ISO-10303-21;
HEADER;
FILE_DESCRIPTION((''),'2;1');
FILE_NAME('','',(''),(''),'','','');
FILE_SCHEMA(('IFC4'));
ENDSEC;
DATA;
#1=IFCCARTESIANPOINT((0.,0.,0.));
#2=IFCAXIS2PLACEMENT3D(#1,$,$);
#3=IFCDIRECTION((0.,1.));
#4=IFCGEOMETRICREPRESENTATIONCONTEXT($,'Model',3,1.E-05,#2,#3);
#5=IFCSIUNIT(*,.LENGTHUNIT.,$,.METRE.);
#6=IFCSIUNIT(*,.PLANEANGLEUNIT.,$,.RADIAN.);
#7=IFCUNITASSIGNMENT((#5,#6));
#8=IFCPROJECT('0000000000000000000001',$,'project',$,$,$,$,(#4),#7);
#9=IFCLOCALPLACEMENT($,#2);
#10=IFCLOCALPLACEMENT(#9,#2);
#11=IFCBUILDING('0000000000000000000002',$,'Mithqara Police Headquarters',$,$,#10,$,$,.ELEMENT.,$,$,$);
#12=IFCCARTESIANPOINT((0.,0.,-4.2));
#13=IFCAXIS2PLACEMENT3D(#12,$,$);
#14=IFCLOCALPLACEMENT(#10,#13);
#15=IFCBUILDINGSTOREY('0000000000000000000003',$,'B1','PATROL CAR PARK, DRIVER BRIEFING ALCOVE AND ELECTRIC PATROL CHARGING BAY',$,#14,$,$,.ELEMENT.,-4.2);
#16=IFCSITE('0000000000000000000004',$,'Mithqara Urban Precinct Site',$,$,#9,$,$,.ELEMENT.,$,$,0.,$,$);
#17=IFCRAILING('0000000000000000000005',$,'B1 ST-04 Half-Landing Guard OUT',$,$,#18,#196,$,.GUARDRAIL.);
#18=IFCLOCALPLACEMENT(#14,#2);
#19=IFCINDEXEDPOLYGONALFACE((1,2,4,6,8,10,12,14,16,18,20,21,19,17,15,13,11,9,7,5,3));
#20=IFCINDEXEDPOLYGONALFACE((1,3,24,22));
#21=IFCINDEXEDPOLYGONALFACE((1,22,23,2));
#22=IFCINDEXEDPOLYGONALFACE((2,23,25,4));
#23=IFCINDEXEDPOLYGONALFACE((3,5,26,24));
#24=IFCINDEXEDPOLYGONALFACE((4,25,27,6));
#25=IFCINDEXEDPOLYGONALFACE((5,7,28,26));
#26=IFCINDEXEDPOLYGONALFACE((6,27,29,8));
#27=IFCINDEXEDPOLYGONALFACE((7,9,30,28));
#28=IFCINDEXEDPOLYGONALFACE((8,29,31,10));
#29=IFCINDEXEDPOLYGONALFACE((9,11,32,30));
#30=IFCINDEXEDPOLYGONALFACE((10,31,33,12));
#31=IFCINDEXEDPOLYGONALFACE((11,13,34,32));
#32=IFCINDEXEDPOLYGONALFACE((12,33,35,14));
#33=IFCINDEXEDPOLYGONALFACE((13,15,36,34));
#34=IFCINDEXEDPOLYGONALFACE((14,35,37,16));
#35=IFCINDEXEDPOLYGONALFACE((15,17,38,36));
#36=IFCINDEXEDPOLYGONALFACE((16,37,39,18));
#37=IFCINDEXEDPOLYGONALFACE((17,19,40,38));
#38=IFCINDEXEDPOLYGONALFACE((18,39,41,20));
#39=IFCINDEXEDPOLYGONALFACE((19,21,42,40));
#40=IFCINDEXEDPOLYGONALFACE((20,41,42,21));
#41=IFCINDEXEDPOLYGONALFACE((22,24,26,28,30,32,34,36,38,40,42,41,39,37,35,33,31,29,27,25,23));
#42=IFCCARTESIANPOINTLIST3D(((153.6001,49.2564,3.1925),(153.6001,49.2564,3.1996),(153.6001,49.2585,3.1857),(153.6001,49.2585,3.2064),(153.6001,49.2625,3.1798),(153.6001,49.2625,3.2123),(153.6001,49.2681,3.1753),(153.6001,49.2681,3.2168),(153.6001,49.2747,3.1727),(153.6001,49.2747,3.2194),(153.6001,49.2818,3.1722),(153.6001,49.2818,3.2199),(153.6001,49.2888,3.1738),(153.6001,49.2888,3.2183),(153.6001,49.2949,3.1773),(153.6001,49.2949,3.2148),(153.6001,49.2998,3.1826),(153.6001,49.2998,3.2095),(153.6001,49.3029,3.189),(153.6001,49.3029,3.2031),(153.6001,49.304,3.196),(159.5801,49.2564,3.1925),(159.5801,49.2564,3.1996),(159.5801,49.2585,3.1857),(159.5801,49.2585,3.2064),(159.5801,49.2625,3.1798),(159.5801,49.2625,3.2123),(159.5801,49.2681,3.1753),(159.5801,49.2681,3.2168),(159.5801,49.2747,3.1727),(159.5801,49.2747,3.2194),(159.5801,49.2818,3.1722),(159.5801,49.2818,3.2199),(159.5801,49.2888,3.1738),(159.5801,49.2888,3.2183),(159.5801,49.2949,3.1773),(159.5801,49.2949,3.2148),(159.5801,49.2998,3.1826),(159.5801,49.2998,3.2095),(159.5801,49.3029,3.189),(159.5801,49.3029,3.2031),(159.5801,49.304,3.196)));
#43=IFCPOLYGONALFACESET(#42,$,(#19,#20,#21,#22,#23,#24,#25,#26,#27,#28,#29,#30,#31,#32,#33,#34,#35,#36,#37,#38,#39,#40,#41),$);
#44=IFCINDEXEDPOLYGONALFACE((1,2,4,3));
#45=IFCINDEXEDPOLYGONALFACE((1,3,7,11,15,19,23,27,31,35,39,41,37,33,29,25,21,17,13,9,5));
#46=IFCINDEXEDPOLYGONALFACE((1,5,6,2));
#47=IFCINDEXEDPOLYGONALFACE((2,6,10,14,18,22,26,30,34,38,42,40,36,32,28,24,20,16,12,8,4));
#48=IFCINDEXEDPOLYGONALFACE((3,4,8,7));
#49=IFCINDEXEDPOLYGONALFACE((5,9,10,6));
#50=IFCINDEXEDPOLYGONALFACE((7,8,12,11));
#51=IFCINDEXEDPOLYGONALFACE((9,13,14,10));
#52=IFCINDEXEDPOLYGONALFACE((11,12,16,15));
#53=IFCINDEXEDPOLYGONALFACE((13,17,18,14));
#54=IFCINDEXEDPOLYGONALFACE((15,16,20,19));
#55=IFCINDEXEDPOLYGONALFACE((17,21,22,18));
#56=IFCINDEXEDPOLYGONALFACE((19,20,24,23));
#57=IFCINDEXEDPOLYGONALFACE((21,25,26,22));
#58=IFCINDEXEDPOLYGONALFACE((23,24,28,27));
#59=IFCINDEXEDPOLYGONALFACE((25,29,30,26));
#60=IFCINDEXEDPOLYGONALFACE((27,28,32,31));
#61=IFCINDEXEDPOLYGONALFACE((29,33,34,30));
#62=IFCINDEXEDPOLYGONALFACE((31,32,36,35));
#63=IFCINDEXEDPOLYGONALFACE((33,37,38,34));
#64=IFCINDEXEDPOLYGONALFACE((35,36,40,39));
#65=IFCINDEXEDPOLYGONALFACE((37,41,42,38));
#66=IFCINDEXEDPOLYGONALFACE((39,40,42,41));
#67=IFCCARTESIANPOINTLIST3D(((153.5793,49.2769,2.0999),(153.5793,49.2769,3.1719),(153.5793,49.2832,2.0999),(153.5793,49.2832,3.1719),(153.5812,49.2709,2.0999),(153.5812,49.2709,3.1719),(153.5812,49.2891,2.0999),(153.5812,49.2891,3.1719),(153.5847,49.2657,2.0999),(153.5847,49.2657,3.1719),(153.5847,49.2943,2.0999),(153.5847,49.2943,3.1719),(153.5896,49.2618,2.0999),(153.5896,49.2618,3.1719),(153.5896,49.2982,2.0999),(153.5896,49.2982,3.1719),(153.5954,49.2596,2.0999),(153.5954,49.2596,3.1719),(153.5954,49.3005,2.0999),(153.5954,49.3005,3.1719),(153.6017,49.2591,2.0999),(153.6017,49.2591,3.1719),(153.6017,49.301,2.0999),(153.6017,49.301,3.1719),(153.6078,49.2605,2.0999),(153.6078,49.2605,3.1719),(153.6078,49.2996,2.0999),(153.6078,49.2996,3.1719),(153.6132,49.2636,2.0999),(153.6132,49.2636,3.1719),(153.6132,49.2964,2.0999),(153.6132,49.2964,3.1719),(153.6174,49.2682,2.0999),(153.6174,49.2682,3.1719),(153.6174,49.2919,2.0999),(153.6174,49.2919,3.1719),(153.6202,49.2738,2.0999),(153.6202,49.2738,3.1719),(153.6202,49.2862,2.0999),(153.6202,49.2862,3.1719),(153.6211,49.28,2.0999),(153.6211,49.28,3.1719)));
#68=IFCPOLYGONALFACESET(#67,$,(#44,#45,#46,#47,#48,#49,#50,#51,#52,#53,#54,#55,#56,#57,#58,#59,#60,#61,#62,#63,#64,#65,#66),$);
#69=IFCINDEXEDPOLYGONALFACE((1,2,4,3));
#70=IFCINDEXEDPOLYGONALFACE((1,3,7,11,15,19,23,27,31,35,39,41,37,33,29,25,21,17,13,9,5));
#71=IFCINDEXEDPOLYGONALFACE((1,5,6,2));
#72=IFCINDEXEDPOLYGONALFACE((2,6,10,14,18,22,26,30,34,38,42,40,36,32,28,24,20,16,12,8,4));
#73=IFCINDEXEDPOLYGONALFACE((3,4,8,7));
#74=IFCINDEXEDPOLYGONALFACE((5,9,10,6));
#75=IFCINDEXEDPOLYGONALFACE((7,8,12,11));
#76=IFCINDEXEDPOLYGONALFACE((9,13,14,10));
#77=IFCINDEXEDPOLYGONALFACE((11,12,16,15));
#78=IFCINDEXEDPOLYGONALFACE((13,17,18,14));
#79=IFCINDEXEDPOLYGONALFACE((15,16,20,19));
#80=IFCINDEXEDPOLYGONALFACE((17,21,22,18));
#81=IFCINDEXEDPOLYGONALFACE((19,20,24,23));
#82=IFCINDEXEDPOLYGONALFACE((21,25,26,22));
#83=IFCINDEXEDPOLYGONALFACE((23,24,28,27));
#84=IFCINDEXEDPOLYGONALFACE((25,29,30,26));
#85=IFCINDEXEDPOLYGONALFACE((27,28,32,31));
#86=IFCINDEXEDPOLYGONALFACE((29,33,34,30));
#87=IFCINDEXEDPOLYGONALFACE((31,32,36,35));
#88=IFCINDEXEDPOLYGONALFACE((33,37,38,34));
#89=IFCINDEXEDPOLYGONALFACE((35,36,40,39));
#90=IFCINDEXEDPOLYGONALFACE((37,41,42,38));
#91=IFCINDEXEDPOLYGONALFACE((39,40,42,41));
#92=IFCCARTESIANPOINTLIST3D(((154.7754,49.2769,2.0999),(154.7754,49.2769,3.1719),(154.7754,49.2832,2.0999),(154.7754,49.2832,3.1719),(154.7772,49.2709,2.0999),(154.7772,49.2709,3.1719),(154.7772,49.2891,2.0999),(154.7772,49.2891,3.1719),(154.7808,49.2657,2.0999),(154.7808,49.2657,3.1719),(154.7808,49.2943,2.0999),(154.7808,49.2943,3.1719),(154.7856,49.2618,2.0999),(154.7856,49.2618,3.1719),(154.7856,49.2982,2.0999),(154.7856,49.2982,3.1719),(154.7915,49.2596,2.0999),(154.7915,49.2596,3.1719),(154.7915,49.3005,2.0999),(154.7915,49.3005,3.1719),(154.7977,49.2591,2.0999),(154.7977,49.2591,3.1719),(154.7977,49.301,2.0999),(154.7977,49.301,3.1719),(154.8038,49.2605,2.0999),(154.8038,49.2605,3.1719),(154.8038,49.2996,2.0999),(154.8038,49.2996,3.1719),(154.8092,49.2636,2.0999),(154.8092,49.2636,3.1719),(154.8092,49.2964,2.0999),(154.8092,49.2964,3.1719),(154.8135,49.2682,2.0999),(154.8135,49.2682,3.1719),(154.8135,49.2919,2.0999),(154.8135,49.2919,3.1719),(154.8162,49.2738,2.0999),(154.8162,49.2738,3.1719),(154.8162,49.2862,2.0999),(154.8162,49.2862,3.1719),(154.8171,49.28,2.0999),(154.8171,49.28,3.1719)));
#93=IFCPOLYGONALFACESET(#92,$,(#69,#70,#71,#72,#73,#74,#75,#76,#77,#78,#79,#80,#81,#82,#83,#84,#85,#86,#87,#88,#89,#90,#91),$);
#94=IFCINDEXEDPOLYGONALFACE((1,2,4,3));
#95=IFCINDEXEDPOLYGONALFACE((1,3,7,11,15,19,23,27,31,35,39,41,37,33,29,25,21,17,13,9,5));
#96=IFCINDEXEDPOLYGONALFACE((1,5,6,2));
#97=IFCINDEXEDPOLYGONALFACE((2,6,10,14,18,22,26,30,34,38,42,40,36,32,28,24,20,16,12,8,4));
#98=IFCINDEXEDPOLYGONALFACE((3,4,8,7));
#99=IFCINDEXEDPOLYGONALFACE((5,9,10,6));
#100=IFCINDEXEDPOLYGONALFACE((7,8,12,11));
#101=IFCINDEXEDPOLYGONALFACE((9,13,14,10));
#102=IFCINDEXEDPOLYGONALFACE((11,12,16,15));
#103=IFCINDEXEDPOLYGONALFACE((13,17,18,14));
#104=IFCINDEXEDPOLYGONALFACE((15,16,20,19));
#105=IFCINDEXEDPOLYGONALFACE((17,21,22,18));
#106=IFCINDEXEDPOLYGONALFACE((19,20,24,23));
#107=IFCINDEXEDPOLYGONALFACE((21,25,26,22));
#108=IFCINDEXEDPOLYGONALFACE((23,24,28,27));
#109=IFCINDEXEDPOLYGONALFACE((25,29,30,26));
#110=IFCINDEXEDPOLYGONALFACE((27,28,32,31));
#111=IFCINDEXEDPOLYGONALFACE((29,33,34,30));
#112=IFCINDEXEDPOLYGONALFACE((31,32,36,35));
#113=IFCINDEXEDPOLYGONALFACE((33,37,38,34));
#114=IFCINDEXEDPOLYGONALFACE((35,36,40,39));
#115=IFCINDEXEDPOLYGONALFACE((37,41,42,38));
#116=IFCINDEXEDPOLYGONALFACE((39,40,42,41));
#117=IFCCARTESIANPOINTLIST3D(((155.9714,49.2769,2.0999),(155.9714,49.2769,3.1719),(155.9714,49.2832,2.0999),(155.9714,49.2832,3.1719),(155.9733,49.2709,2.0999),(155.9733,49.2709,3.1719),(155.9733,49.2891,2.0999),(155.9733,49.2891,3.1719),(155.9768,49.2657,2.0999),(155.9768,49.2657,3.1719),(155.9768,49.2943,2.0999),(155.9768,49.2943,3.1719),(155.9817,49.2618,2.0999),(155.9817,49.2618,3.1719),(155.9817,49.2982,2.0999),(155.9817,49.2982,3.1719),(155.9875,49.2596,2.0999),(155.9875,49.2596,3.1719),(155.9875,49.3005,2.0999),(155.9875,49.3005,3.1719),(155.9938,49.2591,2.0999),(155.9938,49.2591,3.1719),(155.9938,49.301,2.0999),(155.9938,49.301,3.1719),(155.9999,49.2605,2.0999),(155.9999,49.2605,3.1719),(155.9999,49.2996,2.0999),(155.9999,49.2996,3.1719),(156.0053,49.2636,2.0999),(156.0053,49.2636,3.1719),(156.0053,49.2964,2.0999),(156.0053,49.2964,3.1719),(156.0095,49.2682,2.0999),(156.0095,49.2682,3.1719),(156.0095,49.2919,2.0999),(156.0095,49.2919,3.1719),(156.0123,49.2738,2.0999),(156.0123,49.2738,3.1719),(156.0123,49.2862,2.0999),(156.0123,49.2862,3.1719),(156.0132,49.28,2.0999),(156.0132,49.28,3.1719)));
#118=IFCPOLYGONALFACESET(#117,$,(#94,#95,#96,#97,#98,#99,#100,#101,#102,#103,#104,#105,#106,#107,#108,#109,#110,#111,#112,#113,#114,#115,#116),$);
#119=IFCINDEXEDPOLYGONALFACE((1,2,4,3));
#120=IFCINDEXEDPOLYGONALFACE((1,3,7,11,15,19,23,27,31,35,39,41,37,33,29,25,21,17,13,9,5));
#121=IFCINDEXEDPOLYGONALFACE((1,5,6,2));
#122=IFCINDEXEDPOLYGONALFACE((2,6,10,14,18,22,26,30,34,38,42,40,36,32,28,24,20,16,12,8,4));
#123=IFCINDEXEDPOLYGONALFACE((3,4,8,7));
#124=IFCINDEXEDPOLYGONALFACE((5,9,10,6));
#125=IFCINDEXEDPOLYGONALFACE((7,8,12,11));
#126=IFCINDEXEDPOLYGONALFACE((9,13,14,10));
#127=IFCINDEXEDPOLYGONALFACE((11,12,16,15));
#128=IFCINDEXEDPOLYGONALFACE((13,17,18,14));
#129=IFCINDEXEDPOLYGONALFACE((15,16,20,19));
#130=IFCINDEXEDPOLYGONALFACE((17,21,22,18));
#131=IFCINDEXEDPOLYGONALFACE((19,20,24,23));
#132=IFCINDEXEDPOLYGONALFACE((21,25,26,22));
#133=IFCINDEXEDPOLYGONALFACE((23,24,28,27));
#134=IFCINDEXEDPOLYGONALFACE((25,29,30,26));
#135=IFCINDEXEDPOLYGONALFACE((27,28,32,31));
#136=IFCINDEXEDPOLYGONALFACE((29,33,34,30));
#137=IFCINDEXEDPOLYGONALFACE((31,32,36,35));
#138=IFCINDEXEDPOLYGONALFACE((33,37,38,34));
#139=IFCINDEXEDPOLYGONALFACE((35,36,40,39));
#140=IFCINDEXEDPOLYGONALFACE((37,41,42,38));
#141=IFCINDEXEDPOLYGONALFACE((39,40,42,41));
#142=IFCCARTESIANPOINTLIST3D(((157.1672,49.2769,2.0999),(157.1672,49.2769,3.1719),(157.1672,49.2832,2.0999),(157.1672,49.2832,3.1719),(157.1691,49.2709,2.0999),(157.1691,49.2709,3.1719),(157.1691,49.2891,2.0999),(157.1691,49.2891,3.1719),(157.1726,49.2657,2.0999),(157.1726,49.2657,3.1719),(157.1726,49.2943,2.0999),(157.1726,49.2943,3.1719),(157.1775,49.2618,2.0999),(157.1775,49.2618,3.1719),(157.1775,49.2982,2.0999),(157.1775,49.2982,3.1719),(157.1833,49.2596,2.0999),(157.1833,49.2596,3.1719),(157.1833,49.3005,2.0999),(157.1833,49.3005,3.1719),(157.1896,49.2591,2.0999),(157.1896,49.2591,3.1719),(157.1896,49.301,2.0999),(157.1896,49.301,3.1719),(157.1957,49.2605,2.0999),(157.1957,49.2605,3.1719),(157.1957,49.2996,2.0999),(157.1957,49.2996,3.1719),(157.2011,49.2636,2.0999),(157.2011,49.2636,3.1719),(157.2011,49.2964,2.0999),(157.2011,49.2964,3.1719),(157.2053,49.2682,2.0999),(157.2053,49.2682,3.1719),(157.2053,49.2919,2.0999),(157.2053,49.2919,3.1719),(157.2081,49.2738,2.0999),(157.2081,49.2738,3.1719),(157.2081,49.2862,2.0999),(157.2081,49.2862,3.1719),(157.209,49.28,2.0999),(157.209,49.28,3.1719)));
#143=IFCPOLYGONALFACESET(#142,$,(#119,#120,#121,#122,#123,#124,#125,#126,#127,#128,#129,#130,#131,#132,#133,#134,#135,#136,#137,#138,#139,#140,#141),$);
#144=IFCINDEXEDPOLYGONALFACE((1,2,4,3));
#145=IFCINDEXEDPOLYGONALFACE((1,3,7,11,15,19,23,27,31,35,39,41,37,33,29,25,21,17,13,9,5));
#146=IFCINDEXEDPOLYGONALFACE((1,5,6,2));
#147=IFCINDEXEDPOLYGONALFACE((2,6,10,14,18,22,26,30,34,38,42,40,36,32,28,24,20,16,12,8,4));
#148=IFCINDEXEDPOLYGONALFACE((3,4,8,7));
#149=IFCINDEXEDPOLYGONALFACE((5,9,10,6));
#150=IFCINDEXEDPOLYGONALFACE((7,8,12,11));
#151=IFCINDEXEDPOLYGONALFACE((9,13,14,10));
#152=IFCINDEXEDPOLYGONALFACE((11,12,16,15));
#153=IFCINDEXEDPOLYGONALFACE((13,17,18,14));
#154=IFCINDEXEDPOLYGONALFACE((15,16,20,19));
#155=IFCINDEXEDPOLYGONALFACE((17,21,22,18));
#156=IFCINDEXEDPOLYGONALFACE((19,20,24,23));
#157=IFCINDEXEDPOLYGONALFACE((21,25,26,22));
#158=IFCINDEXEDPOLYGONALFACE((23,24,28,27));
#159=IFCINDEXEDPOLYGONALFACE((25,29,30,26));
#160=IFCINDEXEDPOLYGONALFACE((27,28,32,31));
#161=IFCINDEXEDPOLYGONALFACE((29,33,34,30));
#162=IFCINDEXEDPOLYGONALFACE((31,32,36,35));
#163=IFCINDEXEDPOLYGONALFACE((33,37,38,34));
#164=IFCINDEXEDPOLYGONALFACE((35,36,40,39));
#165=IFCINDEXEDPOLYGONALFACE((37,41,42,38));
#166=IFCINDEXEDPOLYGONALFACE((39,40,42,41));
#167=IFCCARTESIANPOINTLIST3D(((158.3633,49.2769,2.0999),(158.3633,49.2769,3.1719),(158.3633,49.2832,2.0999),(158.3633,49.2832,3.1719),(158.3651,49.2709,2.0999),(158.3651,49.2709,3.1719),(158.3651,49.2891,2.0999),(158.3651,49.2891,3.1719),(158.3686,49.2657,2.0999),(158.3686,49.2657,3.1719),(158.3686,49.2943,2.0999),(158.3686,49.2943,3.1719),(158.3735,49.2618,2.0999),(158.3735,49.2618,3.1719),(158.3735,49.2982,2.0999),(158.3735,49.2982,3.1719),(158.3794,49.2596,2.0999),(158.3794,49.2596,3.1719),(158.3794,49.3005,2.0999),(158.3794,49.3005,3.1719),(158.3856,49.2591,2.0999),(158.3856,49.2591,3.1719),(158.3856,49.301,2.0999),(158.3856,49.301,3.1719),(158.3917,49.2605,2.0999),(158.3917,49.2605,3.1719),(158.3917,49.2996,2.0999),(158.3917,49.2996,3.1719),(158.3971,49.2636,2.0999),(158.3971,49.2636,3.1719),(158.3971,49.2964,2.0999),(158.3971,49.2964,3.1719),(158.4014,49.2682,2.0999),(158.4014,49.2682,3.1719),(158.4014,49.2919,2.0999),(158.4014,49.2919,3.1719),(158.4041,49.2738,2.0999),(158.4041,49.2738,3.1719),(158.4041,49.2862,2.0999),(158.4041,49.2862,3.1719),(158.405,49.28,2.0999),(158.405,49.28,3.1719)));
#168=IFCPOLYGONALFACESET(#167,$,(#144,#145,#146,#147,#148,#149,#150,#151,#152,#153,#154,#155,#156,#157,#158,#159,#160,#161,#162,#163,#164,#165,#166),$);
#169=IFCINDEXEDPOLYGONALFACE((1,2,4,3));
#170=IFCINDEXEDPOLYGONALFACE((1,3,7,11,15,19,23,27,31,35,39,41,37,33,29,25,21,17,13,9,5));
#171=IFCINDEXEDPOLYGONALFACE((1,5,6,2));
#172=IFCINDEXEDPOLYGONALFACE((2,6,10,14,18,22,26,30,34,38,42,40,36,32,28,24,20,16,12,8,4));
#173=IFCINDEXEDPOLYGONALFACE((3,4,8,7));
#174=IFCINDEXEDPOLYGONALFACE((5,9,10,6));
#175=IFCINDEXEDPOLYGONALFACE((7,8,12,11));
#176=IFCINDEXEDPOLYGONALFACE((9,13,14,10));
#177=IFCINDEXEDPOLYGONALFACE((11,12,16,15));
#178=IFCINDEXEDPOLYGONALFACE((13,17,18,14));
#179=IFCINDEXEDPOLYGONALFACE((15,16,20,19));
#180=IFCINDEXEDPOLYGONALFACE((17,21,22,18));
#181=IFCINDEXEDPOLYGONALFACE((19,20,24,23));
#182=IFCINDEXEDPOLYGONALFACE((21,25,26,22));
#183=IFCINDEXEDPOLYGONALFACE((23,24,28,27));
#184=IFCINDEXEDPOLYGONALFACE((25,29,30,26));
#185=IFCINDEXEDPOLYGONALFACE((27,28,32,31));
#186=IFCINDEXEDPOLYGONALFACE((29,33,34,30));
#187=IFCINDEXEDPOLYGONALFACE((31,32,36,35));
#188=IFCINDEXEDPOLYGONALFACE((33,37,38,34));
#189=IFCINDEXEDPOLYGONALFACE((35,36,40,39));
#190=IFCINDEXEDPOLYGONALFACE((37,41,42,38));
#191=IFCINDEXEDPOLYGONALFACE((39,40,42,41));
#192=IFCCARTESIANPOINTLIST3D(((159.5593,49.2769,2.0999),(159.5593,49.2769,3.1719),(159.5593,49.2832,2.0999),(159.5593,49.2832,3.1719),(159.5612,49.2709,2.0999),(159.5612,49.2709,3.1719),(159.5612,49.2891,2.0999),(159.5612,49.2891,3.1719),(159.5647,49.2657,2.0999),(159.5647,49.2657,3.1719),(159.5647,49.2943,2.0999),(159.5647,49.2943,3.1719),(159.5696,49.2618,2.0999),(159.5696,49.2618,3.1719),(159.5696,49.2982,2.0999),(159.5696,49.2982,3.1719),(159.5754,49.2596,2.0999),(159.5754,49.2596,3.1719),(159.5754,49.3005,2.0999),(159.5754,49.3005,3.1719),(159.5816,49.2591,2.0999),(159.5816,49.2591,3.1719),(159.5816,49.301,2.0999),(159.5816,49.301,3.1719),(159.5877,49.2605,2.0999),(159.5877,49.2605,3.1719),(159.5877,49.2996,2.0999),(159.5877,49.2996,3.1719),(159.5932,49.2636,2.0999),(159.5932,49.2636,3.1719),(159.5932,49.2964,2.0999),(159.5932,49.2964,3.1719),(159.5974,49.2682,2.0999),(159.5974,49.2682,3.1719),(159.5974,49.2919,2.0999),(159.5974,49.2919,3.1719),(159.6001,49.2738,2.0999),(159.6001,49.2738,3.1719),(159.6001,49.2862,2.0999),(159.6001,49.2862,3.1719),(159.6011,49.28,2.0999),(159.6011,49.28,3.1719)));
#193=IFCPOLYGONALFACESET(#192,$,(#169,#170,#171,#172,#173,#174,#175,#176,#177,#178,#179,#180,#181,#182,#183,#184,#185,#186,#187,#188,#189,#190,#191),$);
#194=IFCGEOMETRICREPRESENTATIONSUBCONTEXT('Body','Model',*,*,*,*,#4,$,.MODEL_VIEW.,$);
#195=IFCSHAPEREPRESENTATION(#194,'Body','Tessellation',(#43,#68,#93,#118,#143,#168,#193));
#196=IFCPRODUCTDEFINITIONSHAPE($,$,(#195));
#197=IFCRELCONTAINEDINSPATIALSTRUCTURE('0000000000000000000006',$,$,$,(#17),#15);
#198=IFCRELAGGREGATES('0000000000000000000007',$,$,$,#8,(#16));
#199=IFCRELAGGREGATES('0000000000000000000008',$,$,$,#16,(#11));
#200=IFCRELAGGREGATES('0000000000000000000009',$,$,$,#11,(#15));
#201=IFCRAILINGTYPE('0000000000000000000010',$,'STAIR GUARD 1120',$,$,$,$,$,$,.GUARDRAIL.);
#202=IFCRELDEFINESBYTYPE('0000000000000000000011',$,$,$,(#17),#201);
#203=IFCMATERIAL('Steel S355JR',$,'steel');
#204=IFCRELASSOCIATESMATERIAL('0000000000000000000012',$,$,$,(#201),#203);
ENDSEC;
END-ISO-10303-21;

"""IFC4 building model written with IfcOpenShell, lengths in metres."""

from ifc_helpers import new_model, si_unit, direction, frame, origin, origin_2d, place, context, subcontext, project, spatial, circle, extrude, material, type_object, element, save


model = new_model("IFC4")

# Units and contexts
model_context = context("Model", 3, precision=1e-05, world=origin(), true_north=direction((0.0, 1.0)))
body_context = subcontext(model_context, "Body", "Model", "MODEL_VIEW")
ifc_project = project(units=[si_unit("LENGTHUNIT", "METRE"), si_unit("PLANEANGLEUNIT", "RADIAN")], contexts=[model_context])

# Site, building, storey
site_placement = place(None, origin())
site = spatial("IfcSite", under=ifc_project, at=site_placement, Name="Mithqara Urban Precinct Site", CompositionType="ELEMENT", RefElevation=0.0)
building_placement = place(site_placement, origin())
building = spatial("IfcBuilding", under=site, at=building_placement, Name="Mithqara Police Headquarters", CompositionType="ELEMENT")
storey_placement = place(building_placement, frame((0.0, 0.0, -4.2)))
storey = spatial("IfcBuildingStorey", under=building, at=storey_placement, Name="B1", Description="PATROL CAR PARK, DRIVER BRIEFING ALCOVE AND ELECTRIC PATROL CHARGING BAY", CompositionType="ELEMENT", Elevation=-4.2)

# Shared definitions
ifc_material_1 = material(Name="Steel S355JR", Category="steel")

# Railing
railing_type_1 = type_object("IfcRailingType", Name="STAIR GUARD 1120", PredefinedType="GUARDRAIL", material=ifc_material_1)
railing_1_placement = place(storey_placement, frame((153.6001, 49.28, 2.0999)))
element("IfcRailing", 1, at=railing_1_placement, inside=storey, type_object=railing_type_1, Name="B1 ST-04 Half-Landing Guard OUT", PredefinedType="GUARDRAIL", context=body_context, shape_type="SweptSolid", body=[
    extrude(circle(Radius=0.0239, at=origin_2d()), frame((0.0, 0.0, 1.0962), z_axis=(1.0, 0.0, 0.0), x_axis=(0.0, 1.0, 0.0)), (0.0, 0.0, 1.0), 5.98),
    extrude(circle(Radius=0.021, at=origin_2d()), origin(), (0.0, 0.0, 1.0), 1.072),
    extrude(circle(Radius=0.021, at=origin_2d()), frame((1.196, 0.0, 0.0)), (0.0, 0.0, 1.0), 1.072),
    extrude(circle(Radius=0.021, at=origin_2d()), frame((2.3921, 0.0, 0.0)), (0.0, 0.0, 1.0), 1.072),
    extrude(circle(Radius=0.021, at=origin_2d()), frame((3.5879, 0.0, 0.0)), (0.0, 0.0, 1.0), 1.072),
    extrude(circle(Radius=0.021, at=origin_2d()), frame((4.7839, 0.0, 0.0)), (0.0, 0.0, 1.0), 1.072),
    extrude(circle(Radius=0.021, at=origin_2d()), frame((5.98, 0.0, 0.0)), (0.0, 0.0, 1.0), 1.072),
])

save(model, "model.ifc")
